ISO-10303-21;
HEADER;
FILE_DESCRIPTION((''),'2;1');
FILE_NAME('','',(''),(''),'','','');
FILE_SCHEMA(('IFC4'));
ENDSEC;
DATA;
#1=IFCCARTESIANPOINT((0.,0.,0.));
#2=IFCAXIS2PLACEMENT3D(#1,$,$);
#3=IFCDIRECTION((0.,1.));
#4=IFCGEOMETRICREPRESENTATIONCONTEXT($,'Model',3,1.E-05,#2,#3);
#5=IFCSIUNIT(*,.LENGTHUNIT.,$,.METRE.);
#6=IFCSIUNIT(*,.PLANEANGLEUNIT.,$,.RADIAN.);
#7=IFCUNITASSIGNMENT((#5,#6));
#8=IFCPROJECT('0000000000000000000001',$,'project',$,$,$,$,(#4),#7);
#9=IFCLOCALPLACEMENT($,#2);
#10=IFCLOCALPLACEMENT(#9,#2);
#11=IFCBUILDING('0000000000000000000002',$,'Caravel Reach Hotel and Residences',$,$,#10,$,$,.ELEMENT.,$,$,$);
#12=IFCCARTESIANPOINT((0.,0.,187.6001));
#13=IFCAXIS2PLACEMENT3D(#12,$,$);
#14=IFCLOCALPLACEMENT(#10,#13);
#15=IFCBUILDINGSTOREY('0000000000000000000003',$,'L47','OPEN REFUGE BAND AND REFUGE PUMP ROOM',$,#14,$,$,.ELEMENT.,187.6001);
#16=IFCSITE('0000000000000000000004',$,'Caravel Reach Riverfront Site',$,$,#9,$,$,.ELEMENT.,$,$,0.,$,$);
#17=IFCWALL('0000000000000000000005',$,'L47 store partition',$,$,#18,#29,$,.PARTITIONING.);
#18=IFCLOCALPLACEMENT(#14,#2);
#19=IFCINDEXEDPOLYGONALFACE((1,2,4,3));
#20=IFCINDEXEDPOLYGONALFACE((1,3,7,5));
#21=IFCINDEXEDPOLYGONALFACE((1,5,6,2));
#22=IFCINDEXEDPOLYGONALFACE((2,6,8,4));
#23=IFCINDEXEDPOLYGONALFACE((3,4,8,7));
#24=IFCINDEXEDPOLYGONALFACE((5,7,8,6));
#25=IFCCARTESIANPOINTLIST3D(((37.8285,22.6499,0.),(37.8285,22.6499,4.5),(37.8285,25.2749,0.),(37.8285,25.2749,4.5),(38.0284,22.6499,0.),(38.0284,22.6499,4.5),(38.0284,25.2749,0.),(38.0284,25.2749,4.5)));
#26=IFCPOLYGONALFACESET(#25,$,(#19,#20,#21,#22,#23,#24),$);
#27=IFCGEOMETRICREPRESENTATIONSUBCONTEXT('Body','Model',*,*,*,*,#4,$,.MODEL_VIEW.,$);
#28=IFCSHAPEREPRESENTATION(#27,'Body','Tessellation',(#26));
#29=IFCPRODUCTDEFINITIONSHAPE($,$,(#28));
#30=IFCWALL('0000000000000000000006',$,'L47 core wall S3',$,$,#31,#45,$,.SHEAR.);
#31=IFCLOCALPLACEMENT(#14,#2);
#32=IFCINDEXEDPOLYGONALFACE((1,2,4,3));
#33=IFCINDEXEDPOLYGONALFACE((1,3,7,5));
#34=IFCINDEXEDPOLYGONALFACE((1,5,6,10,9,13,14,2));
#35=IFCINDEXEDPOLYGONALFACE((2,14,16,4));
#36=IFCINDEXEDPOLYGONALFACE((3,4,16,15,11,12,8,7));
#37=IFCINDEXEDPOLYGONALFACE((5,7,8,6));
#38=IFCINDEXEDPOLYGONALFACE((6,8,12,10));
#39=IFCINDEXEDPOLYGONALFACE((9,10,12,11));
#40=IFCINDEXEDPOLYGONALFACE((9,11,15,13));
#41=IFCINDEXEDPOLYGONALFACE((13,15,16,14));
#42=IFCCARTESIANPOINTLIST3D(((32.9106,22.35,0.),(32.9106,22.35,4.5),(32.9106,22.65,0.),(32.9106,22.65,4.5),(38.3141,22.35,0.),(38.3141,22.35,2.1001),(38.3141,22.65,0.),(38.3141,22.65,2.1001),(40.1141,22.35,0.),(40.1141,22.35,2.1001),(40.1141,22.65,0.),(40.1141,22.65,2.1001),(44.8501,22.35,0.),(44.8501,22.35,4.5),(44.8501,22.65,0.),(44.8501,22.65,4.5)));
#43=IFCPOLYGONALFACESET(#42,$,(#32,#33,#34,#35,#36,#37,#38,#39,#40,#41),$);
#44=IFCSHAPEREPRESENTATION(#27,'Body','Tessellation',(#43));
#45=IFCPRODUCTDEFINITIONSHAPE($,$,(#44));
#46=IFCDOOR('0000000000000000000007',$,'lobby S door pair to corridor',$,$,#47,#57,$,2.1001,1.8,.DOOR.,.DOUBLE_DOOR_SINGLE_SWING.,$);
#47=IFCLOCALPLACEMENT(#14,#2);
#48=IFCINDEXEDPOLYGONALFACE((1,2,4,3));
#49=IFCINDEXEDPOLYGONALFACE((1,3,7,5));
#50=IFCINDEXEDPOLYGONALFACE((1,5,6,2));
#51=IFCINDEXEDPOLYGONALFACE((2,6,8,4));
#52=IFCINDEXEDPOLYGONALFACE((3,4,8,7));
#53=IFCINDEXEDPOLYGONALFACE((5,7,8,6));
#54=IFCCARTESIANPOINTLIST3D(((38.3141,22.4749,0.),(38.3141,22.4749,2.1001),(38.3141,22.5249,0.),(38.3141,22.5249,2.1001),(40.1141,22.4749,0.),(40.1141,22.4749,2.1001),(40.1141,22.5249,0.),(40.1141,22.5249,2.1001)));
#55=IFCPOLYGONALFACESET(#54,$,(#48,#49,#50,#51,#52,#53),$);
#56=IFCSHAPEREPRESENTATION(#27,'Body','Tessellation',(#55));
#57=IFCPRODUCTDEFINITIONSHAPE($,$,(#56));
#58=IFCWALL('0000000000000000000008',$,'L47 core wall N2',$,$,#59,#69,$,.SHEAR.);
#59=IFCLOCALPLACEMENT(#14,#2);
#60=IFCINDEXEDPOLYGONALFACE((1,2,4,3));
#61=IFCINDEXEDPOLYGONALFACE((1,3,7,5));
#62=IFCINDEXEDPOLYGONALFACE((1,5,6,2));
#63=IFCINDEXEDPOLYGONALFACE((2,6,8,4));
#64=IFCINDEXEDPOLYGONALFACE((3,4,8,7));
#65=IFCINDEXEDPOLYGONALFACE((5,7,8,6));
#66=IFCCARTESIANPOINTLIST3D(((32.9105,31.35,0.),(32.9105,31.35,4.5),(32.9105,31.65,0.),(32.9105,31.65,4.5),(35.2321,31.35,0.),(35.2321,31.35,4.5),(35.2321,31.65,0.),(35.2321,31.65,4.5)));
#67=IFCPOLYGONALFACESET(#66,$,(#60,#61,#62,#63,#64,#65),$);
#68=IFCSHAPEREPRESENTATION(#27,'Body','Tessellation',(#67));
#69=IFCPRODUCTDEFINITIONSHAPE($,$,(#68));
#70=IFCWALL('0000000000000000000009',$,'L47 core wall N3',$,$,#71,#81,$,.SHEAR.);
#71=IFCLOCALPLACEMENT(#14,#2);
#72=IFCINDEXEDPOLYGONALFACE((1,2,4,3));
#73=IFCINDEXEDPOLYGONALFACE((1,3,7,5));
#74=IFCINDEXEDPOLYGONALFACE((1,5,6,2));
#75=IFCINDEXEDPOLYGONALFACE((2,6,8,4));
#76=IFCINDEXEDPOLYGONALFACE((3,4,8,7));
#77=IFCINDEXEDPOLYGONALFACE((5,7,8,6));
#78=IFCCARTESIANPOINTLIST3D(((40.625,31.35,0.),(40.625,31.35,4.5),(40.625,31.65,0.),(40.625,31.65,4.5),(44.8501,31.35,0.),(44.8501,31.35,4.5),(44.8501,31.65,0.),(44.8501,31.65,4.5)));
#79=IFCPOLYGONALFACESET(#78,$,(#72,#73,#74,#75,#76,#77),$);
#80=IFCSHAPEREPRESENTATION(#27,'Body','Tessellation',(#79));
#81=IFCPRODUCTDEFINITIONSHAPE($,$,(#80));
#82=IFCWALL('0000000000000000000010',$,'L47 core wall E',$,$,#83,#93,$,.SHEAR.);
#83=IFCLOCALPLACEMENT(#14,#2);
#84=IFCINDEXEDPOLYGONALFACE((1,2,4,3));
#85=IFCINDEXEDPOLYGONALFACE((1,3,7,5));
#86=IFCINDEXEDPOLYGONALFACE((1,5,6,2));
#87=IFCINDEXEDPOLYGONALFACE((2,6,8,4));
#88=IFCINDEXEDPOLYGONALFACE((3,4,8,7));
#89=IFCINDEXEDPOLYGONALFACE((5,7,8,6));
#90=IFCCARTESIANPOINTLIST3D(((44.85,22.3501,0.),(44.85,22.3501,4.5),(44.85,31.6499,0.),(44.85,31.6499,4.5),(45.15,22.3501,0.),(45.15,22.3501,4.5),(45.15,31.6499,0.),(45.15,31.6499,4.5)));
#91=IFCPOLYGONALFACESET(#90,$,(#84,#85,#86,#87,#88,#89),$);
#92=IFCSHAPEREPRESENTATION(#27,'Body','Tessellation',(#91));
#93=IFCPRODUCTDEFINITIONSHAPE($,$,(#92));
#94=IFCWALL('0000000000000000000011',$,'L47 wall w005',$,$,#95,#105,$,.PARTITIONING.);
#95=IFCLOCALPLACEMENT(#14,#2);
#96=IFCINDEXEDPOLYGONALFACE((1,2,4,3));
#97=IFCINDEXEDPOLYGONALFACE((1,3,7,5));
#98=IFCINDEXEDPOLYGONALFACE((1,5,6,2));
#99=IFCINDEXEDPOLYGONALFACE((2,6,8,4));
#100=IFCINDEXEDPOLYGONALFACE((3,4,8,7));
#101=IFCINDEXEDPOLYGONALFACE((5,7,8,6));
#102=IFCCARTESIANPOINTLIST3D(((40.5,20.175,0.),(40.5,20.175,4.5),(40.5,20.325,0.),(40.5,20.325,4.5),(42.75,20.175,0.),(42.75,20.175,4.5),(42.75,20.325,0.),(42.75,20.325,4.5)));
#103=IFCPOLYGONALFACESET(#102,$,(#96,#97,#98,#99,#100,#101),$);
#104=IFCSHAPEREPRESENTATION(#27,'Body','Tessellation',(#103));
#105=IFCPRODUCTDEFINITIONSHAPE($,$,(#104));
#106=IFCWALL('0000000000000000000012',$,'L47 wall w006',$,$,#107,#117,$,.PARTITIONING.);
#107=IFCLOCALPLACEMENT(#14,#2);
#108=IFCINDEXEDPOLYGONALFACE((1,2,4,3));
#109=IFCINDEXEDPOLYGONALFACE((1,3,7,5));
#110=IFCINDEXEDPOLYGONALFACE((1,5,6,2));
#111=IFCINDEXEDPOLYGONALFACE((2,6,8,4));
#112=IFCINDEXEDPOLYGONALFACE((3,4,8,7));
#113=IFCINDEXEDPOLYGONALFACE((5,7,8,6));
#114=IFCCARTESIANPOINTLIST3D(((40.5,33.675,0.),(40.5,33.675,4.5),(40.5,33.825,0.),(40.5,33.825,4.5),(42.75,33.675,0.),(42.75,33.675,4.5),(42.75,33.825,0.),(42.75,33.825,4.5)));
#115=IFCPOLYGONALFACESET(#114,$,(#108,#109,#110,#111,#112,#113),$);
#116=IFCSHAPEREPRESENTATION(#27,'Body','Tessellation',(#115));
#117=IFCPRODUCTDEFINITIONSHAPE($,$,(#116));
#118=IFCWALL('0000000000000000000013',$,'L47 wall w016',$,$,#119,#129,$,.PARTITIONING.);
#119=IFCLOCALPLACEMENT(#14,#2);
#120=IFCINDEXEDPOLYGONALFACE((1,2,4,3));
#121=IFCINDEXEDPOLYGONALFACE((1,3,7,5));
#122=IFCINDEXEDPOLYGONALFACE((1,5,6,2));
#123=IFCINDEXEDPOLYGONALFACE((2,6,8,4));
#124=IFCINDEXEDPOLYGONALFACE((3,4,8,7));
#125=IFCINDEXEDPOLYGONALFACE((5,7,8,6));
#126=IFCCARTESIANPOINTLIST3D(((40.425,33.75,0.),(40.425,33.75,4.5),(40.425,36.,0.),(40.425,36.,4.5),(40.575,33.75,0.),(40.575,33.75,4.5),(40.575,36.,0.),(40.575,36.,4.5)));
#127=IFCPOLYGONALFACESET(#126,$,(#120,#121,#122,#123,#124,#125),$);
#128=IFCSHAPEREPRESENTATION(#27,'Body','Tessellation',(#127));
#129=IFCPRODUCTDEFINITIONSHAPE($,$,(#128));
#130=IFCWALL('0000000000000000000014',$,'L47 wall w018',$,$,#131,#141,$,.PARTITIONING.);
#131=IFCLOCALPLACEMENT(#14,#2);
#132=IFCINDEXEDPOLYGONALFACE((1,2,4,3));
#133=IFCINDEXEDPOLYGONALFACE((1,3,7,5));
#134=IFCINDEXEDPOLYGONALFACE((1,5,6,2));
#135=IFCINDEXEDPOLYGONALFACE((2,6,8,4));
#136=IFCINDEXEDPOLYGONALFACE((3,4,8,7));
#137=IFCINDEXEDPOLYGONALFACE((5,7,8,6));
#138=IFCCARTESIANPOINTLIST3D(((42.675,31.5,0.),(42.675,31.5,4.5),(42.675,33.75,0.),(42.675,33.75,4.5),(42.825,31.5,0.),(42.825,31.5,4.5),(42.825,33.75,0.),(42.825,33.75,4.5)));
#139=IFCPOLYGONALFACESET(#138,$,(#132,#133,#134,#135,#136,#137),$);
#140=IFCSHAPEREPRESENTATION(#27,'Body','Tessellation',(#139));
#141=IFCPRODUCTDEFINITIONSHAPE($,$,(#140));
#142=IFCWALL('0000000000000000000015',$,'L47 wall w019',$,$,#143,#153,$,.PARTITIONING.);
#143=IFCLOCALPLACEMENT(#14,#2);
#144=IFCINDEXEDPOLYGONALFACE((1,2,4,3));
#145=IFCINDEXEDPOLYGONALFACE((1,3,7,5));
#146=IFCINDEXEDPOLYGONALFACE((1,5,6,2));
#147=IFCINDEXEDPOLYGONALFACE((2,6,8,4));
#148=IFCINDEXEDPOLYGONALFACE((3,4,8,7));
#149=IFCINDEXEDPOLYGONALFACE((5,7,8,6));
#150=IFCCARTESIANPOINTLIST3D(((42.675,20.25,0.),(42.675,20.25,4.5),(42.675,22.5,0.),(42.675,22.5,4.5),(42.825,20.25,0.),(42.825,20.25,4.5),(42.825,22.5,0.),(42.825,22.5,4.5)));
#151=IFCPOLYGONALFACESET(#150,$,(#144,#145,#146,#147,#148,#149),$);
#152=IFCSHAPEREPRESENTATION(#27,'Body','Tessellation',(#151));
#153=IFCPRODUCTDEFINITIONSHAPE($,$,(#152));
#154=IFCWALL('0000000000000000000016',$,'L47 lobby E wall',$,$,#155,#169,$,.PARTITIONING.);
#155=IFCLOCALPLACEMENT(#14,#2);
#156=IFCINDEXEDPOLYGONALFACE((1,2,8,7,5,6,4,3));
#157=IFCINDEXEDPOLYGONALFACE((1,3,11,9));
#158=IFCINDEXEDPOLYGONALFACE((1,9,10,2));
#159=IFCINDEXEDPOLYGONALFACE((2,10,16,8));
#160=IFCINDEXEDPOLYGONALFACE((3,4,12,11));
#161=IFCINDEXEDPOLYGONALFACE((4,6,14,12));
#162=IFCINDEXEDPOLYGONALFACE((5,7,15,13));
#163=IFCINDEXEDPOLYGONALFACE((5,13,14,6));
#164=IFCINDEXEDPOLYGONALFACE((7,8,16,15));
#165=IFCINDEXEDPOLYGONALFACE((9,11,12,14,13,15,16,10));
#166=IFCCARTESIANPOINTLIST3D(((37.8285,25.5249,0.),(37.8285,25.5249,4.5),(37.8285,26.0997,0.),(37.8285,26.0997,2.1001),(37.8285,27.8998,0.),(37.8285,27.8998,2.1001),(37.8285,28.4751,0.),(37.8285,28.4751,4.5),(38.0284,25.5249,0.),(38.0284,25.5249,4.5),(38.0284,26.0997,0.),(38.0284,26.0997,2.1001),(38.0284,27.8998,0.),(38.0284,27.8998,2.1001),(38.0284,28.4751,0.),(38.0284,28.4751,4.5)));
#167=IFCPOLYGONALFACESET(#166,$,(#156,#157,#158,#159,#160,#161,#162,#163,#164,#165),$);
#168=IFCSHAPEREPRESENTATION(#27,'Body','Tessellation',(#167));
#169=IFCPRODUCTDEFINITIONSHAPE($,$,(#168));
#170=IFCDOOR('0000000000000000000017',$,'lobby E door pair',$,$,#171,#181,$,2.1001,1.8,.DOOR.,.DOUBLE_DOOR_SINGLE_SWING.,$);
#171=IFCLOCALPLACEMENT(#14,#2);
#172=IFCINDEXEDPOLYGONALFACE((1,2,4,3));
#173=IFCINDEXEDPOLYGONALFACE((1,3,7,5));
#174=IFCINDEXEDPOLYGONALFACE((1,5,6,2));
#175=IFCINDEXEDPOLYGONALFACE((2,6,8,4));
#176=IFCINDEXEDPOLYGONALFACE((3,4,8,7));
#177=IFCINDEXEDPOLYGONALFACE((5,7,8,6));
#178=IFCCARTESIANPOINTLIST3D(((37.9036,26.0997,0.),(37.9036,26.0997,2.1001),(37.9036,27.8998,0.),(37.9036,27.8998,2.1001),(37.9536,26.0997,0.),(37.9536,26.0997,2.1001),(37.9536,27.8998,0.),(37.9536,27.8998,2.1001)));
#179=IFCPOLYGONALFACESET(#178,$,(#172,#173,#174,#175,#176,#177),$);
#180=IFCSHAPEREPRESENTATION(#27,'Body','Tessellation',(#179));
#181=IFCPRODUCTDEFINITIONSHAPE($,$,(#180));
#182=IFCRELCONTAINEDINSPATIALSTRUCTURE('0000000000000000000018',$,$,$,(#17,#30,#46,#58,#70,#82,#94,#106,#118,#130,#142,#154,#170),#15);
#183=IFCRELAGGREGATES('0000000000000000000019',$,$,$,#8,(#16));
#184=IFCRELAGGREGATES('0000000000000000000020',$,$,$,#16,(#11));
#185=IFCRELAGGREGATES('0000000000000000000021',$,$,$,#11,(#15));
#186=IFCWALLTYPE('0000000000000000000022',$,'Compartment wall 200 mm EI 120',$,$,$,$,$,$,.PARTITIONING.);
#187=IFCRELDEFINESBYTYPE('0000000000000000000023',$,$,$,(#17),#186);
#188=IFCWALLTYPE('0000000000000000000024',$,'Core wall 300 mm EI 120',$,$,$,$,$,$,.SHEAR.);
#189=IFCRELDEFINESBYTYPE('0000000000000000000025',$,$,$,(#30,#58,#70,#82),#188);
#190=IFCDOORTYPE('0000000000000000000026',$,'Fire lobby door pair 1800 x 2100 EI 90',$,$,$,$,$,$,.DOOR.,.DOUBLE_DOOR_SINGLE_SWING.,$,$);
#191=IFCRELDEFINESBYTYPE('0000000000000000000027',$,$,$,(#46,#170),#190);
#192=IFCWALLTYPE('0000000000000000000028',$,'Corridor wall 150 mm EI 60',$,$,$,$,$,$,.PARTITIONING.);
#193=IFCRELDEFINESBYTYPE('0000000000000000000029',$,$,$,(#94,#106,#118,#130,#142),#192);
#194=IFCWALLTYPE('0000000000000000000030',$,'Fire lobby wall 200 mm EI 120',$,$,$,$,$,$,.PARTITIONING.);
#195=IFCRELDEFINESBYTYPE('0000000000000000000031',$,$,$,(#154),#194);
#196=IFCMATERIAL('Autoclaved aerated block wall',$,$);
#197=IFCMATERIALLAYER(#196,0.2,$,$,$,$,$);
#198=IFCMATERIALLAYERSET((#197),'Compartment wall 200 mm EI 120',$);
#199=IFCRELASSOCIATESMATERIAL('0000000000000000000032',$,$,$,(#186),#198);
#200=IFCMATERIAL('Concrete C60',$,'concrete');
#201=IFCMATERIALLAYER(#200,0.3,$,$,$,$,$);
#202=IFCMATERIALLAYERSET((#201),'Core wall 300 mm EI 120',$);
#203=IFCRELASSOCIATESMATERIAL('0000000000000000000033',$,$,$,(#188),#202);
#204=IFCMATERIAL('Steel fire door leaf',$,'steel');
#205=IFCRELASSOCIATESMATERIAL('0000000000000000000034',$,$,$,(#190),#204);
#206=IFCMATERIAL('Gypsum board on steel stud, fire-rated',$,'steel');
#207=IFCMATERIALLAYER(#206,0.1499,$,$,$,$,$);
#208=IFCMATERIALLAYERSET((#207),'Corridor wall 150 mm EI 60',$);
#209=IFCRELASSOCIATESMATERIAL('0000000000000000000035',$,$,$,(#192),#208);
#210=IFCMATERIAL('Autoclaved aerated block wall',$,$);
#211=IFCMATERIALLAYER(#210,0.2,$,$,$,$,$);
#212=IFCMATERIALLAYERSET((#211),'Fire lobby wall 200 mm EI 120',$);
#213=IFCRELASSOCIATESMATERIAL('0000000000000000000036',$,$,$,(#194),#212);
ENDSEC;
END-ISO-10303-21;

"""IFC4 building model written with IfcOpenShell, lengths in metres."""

from ifc_helpers import new_model, si_unit, direction, frame, frame_2d, origin, place, context, subcontext, project, spatial, rectangle, extrude, material, layer, layer_set, type_object, element, fill, save


model = new_model("IFC4")

# Units and contexts
model_context = context("Model", 3, precision=1e-05, world=origin(), true_north=direction((0.0, 1.0)))
body_context = subcontext(model_context, "Body", "Model", "MODEL_VIEW")
ifc_project = project(units=[si_unit("LENGTHUNIT", "METRE"), si_unit("PLANEANGLEUNIT", "RADIAN")], contexts=[model_context])

# Site, building, storey
site_placement = place(None, origin())
site = spatial("IfcSite", under=ifc_project, at=site_placement, Name="Caravel Reach Riverfront Site", CompositionType="ELEMENT", RefElevation=0.0)
building_placement = place(site_placement, origin())
building = spatial("IfcBuilding", under=site, at=building_placement, Name="Caravel Reach Hotel and Residences", CompositionType="ELEMENT")
storey_placement = place(building_placement, frame((0.0, 0.0, 187.6001)))
storey = spatial("IfcBuildingStorey", under=building, at=storey_placement, Name="L47", Description="OPEN REFUGE BAND AND REFUGE PUMP ROOM", CompositionType="ELEMENT", Elevation=187.6001)

# Wall
ifc_material_1 = material(Name="Autoclaved aerated block wall")
ifc_layer_1 = layer(ifc_material_1, 0.2)
ifc_layer_set_1 = layer_set([ifc_layer_1], Name="Compartment wall 200 mm EI 120")
wall_type_1 = type_object("IfcWallType", Name="Compartment wall 200 mm EI 120", PredefinedType="PARTITIONING", material=ifc_layer_set_1)
wall_1_placement = place(storey_placement, frame((37.9285, 22.6499, 0.0), z_axis=(0.0, 0.0, 1.0), x_axis=(0.0, 1.0, 0.0)))
element("IfcWall", 1, at=wall_1_placement, inside=storey, type_object=wall_type_1, Name="L47 store partition", PredefinedType="PARTITIONING", context=body_context, shape_type="SweptSolid", body=[
    extrude(rectangle(XDim=2.625, YDim=0.2, at=frame_2d((1.3125, 0.0))), origin(), (0.0, 0.0, 1.0), 4.5),
])

# Wall, opening, door
ifc_material_2 = material(Name="Concrete C60", Category="concrete")
ifc_layer_2 = layer(ifc_material_2, 0.3)
ifc_layer_set_2 = layer_set([ifc_layer_2], Name="Core wall 300 mm EI 120")
wall_type_2 = type_object("IfcWallType", Name="Core wall 300 mm EI 120", PredefinedType="SHEAR", material=ifc_layer_set_2)
wall_2_placement = place(storey_placement, frame((32.9106, 22.5, 0.0), z_axis=(0.0, 0.0, 1.0), x_axis=(1.0, 0.0, 0.0)))
wall_2 = element("IfcWall", 2, at=wall_2_placement, inside=storey, type_object=wall_type_2, Name="L47 core wall S3", PredefinedType="SHEAR", context=body_context, shape_type="SweptSolid", body=[
    extrude(rectangle(XDim=11.9395, YDim=0.3, at=frame_2d((5.9697, 0.0))), origin(), (0.0, 0.0, 1.0), 4.5),
])
opening_1_placement = place(wall_2_placement, frame((5.4036, 0.0, 0.0)))
opening_1 = element("IfcOpeningElement", 3, at=opening_1_placement, cuts=wall_2, PredefinedType="OPENING", context=body_context, shape_type="SweptSolid", body=[
    extrude(rectangle(XDim=1.8, YDim=2.1001, at=frame_2d((0.8999, 1.05))), frame((0.0, 0.1599, 0.0), z_axis=(0.0, -1.0, 0.0), x_axis=(1.0, 0.0, 0.0)), (0.0, 0.0, 1.0), 0.3201),
])
ifc_material_3 = material(Name="Steel fire door leaf", Category="steel")
door_type_1 = type_object("IfcDoorType", Name="Fire lobby door pair 1800 x 2100 EI 90", OperationType="DOUBLE_DOOR_SINGLE_SWING", PredefinedType="DOOR", material=ifc_material_3)
door_1_placement = place(opening_1_placement, origin())
door_1 = element("IfcDoor", 4, at=door_1_placement, inside=storey, type_object=door_type_1, Name="lobby S door pair to corridor", OperationType="DOUBLE_DOOR_SINGLE_SWING", OverallHeight=2.1001, OverallWidth=1.8, PredefinedType="DOOR", context=body_context, shape_type="SweptSolid", body=[
    extrude(rectangle(XDim=1.8, YDim=2.1001, at=frame_2d((0.8999, 1.05))), frame((0.0, 0.0249, 0.0), z_axis=(0.0, -1.0, 0.0), x_axis=(1.0, 0.0, 0.0)), (0.0, 0.0, 1.0), 0.05),
])
fill(opening_1, door_1)

# Walls
wall_3_placement = place(storey_placement, frame((32.9106, 31.5, 0.0), z_axis=(0.0, 0.0, 1.0), x_axis=(1.0, 0.0, 0.0)))
element("IfcWall", 5, at=wall_3_placement, inside=storey, type_object=wall_type_2, Name="L47 core wall N2", PredefinedType="SHEAR", context=body_context, shape_type="SweptSolid", body=[
    extrude(rectangle(XDim=2.3215, YDim=0.3, at=frame_2d((1.1606, 0.0))), origin(), (0.0, 0.0, 1.0), 4.5),
])
wall_4_placement = place(storey_placement, frame((40.625, 31.5, 0.0), z_axis=(0.0, 0.0, 1.0), x_axis=(1.0, 0.0, 0.0)))
element("IfcWall", 6, at=wall_4_placement, inside=storey, type_object=wall_type_2, Name="L47 core wall N3", PredefinedType="SHEAR", context=body_context, shape_type="SweptSolid", body=[
    extrude(rectangle(XDim=4.2251, YDim=0.3, at=frame_2d((2.1125, 0.0))), origin(), (0.0, 0.0, 1.0), 4.5),
])
wall_5_placement = place(storey_placement, frame((45.0, 22.3501, 0.0), z_axis=(0.0, 0.0, 1.0), x_axis=(0.0, 1.0, 0.0)))
element("IfcWall", 7, at=wall_5_placement, inside=storey, type_object=wall_type_2, Name="L47 core wall E", PredefinedType="SHEAR", context=body_context, shape_type="SweptSolid", body=[
    extrude(rectangle(XDim=9.2998, YDim=0.3, at=frame_2d((4.6499, 0.0))), origin(), (0.0, 0.0, 1.0), 4.5),
])
ifc_material_4 = material(Name="Gypsum board on steel stud, fire-rated", Category="steel")
ifc_layer_3 = layer(ifc_material_4, 0.1499)
ifc_layer_set_3 = layer_set([ifc_layer_3], Name="Corridor wall 150 mm EI 60")
wall_type_3 = type_object("IfcWallType", Name="Corridor wall 150 mm EI 60", PredefinedType="PARTITIONING", material=ifc_layer_set_3)
for number, where, z_axis, x_axis, name in (
    (8, (40.5, 20.25, 0.0), (0.0, 0.0, 1.0), (1.0, 0.0, 0.0), "L47 wall w005"),
    (9, (40.5, 33.75, 0.0), (0.0, 0.0, 1.0), (1.0, 0.0, 0.0), "L47 wall w006"),
    (10, (40.5, 33.75, 0.0), (0.0, 0.0, 1.0), (0.0, 1.0, 0.0), "L47 wall w016"),
    (11, (42.75, 31.5, 0.0), (0.0, 0.0, 1.0), (0.0, 1.0, 0.0), "L47 wall w018"),
    (12, (42.75, 20.25, 0.0), (0.0, 0.0, 1.0), (0.0, 1.0, 0.0), "L47 wall w019"),
):
    element("IfcWall", number, at=place(storey_placement, frame(where, z_axis=z_axis, x_axis=x_axis)), inside=storey, type_object=wall_type_3, Name=name, PredefinedType="PARTITIONING", context=body_context, shape_type="SweptSolid", body=[
        extrude(rectangle(XDim=2.25, YDim=0.1499, at=frame_2d((1.125, 0.0))), origin(), (0.0, 0.0, 1.0), 4.5),
    ])

# Wall, opening, door
ifc_material_5 = material(Name="Autoclaved aerated block wall")
ifc_layer_4 = layer(ifc_material_5, 0.2)
ifc_layer_set_4 = layer_set([ifc_layer_4], Name="Fire lobby wall 200 mm EI 120")
wall_type_4 = type_object("IfcWallType", Name="Fire lobby wall 200 mm EI 120", PredefinedType="PARTITIONING", material=ifc_layer_set_4)
wall_6_placement = place(storey_placement, frame((37.9285, 25.5249, 0.0), z_axis=(0.0, 0.0, 1.0), x_axis=(0.0, 1.0, 0.0)))
wall_6 = element("IfcWall", 13, at=wall_6_placement, inside=storey, type_object=wall_type_4, Name="L47 lobby E wall", PredefinedType="PARTITIONING", context=body_context, shape_type="SweptSolid", body=[
    extrude(rectangle(XDim=2.9502, YDim=0.2, at=frame_2d((1.4751, 0.0))), origin(), (0.0, 0.0, 1.0), 4.5),
])
opening_2_placement = place(wall_6_placement, frame((0.575, 0.0, 0.0)))
opening_2 = element("IfcOpeningElement", 14, at=opening_2_placement, cuts=wall_6, PredefinedType="OPENING", context=body_context, shape_type="SweptSolid", body=[
    extrude(rectangle(XDim=1.8, YDim=2.1001, at=frame_2d((0.8999, 1.05))), frame((0.0, 0.1099, 0.0), z_axis=(0.0, -1.0, 0.0), x_axis=(1.0, 0.0, 0.0)), (0.0, 0.0, 1.0), 0.22),
])
door_2_placement = place(opening_2_placement, origin())
door_2 = element("IfcDoor", 15, at=door_2_placement, inside=storey, type_object=door_type_1, Name="lobby E door pair", OperationType="DOUBLE_DOOR_SINGLE_SWING", OverallHeight=2.1001, OverallWidth=1.8, PredefinedType="DOOR", context=body_context, shape_type="SweptSolid", body=[
    extrude(rectangle(XDim=1.8, YDim=2.1001, at=frame_2d((0.8999, 1.05))), frame((0.0, 0.0249, 0.0), z_axis=(0.0, -1.0, 0.0), x_axis=(1.0, 0.0, 0.0)), (0.0, 0.0, 1.0), 0.05),
])
fill(opening_2, door_2)

save(model, "model.ifc")
